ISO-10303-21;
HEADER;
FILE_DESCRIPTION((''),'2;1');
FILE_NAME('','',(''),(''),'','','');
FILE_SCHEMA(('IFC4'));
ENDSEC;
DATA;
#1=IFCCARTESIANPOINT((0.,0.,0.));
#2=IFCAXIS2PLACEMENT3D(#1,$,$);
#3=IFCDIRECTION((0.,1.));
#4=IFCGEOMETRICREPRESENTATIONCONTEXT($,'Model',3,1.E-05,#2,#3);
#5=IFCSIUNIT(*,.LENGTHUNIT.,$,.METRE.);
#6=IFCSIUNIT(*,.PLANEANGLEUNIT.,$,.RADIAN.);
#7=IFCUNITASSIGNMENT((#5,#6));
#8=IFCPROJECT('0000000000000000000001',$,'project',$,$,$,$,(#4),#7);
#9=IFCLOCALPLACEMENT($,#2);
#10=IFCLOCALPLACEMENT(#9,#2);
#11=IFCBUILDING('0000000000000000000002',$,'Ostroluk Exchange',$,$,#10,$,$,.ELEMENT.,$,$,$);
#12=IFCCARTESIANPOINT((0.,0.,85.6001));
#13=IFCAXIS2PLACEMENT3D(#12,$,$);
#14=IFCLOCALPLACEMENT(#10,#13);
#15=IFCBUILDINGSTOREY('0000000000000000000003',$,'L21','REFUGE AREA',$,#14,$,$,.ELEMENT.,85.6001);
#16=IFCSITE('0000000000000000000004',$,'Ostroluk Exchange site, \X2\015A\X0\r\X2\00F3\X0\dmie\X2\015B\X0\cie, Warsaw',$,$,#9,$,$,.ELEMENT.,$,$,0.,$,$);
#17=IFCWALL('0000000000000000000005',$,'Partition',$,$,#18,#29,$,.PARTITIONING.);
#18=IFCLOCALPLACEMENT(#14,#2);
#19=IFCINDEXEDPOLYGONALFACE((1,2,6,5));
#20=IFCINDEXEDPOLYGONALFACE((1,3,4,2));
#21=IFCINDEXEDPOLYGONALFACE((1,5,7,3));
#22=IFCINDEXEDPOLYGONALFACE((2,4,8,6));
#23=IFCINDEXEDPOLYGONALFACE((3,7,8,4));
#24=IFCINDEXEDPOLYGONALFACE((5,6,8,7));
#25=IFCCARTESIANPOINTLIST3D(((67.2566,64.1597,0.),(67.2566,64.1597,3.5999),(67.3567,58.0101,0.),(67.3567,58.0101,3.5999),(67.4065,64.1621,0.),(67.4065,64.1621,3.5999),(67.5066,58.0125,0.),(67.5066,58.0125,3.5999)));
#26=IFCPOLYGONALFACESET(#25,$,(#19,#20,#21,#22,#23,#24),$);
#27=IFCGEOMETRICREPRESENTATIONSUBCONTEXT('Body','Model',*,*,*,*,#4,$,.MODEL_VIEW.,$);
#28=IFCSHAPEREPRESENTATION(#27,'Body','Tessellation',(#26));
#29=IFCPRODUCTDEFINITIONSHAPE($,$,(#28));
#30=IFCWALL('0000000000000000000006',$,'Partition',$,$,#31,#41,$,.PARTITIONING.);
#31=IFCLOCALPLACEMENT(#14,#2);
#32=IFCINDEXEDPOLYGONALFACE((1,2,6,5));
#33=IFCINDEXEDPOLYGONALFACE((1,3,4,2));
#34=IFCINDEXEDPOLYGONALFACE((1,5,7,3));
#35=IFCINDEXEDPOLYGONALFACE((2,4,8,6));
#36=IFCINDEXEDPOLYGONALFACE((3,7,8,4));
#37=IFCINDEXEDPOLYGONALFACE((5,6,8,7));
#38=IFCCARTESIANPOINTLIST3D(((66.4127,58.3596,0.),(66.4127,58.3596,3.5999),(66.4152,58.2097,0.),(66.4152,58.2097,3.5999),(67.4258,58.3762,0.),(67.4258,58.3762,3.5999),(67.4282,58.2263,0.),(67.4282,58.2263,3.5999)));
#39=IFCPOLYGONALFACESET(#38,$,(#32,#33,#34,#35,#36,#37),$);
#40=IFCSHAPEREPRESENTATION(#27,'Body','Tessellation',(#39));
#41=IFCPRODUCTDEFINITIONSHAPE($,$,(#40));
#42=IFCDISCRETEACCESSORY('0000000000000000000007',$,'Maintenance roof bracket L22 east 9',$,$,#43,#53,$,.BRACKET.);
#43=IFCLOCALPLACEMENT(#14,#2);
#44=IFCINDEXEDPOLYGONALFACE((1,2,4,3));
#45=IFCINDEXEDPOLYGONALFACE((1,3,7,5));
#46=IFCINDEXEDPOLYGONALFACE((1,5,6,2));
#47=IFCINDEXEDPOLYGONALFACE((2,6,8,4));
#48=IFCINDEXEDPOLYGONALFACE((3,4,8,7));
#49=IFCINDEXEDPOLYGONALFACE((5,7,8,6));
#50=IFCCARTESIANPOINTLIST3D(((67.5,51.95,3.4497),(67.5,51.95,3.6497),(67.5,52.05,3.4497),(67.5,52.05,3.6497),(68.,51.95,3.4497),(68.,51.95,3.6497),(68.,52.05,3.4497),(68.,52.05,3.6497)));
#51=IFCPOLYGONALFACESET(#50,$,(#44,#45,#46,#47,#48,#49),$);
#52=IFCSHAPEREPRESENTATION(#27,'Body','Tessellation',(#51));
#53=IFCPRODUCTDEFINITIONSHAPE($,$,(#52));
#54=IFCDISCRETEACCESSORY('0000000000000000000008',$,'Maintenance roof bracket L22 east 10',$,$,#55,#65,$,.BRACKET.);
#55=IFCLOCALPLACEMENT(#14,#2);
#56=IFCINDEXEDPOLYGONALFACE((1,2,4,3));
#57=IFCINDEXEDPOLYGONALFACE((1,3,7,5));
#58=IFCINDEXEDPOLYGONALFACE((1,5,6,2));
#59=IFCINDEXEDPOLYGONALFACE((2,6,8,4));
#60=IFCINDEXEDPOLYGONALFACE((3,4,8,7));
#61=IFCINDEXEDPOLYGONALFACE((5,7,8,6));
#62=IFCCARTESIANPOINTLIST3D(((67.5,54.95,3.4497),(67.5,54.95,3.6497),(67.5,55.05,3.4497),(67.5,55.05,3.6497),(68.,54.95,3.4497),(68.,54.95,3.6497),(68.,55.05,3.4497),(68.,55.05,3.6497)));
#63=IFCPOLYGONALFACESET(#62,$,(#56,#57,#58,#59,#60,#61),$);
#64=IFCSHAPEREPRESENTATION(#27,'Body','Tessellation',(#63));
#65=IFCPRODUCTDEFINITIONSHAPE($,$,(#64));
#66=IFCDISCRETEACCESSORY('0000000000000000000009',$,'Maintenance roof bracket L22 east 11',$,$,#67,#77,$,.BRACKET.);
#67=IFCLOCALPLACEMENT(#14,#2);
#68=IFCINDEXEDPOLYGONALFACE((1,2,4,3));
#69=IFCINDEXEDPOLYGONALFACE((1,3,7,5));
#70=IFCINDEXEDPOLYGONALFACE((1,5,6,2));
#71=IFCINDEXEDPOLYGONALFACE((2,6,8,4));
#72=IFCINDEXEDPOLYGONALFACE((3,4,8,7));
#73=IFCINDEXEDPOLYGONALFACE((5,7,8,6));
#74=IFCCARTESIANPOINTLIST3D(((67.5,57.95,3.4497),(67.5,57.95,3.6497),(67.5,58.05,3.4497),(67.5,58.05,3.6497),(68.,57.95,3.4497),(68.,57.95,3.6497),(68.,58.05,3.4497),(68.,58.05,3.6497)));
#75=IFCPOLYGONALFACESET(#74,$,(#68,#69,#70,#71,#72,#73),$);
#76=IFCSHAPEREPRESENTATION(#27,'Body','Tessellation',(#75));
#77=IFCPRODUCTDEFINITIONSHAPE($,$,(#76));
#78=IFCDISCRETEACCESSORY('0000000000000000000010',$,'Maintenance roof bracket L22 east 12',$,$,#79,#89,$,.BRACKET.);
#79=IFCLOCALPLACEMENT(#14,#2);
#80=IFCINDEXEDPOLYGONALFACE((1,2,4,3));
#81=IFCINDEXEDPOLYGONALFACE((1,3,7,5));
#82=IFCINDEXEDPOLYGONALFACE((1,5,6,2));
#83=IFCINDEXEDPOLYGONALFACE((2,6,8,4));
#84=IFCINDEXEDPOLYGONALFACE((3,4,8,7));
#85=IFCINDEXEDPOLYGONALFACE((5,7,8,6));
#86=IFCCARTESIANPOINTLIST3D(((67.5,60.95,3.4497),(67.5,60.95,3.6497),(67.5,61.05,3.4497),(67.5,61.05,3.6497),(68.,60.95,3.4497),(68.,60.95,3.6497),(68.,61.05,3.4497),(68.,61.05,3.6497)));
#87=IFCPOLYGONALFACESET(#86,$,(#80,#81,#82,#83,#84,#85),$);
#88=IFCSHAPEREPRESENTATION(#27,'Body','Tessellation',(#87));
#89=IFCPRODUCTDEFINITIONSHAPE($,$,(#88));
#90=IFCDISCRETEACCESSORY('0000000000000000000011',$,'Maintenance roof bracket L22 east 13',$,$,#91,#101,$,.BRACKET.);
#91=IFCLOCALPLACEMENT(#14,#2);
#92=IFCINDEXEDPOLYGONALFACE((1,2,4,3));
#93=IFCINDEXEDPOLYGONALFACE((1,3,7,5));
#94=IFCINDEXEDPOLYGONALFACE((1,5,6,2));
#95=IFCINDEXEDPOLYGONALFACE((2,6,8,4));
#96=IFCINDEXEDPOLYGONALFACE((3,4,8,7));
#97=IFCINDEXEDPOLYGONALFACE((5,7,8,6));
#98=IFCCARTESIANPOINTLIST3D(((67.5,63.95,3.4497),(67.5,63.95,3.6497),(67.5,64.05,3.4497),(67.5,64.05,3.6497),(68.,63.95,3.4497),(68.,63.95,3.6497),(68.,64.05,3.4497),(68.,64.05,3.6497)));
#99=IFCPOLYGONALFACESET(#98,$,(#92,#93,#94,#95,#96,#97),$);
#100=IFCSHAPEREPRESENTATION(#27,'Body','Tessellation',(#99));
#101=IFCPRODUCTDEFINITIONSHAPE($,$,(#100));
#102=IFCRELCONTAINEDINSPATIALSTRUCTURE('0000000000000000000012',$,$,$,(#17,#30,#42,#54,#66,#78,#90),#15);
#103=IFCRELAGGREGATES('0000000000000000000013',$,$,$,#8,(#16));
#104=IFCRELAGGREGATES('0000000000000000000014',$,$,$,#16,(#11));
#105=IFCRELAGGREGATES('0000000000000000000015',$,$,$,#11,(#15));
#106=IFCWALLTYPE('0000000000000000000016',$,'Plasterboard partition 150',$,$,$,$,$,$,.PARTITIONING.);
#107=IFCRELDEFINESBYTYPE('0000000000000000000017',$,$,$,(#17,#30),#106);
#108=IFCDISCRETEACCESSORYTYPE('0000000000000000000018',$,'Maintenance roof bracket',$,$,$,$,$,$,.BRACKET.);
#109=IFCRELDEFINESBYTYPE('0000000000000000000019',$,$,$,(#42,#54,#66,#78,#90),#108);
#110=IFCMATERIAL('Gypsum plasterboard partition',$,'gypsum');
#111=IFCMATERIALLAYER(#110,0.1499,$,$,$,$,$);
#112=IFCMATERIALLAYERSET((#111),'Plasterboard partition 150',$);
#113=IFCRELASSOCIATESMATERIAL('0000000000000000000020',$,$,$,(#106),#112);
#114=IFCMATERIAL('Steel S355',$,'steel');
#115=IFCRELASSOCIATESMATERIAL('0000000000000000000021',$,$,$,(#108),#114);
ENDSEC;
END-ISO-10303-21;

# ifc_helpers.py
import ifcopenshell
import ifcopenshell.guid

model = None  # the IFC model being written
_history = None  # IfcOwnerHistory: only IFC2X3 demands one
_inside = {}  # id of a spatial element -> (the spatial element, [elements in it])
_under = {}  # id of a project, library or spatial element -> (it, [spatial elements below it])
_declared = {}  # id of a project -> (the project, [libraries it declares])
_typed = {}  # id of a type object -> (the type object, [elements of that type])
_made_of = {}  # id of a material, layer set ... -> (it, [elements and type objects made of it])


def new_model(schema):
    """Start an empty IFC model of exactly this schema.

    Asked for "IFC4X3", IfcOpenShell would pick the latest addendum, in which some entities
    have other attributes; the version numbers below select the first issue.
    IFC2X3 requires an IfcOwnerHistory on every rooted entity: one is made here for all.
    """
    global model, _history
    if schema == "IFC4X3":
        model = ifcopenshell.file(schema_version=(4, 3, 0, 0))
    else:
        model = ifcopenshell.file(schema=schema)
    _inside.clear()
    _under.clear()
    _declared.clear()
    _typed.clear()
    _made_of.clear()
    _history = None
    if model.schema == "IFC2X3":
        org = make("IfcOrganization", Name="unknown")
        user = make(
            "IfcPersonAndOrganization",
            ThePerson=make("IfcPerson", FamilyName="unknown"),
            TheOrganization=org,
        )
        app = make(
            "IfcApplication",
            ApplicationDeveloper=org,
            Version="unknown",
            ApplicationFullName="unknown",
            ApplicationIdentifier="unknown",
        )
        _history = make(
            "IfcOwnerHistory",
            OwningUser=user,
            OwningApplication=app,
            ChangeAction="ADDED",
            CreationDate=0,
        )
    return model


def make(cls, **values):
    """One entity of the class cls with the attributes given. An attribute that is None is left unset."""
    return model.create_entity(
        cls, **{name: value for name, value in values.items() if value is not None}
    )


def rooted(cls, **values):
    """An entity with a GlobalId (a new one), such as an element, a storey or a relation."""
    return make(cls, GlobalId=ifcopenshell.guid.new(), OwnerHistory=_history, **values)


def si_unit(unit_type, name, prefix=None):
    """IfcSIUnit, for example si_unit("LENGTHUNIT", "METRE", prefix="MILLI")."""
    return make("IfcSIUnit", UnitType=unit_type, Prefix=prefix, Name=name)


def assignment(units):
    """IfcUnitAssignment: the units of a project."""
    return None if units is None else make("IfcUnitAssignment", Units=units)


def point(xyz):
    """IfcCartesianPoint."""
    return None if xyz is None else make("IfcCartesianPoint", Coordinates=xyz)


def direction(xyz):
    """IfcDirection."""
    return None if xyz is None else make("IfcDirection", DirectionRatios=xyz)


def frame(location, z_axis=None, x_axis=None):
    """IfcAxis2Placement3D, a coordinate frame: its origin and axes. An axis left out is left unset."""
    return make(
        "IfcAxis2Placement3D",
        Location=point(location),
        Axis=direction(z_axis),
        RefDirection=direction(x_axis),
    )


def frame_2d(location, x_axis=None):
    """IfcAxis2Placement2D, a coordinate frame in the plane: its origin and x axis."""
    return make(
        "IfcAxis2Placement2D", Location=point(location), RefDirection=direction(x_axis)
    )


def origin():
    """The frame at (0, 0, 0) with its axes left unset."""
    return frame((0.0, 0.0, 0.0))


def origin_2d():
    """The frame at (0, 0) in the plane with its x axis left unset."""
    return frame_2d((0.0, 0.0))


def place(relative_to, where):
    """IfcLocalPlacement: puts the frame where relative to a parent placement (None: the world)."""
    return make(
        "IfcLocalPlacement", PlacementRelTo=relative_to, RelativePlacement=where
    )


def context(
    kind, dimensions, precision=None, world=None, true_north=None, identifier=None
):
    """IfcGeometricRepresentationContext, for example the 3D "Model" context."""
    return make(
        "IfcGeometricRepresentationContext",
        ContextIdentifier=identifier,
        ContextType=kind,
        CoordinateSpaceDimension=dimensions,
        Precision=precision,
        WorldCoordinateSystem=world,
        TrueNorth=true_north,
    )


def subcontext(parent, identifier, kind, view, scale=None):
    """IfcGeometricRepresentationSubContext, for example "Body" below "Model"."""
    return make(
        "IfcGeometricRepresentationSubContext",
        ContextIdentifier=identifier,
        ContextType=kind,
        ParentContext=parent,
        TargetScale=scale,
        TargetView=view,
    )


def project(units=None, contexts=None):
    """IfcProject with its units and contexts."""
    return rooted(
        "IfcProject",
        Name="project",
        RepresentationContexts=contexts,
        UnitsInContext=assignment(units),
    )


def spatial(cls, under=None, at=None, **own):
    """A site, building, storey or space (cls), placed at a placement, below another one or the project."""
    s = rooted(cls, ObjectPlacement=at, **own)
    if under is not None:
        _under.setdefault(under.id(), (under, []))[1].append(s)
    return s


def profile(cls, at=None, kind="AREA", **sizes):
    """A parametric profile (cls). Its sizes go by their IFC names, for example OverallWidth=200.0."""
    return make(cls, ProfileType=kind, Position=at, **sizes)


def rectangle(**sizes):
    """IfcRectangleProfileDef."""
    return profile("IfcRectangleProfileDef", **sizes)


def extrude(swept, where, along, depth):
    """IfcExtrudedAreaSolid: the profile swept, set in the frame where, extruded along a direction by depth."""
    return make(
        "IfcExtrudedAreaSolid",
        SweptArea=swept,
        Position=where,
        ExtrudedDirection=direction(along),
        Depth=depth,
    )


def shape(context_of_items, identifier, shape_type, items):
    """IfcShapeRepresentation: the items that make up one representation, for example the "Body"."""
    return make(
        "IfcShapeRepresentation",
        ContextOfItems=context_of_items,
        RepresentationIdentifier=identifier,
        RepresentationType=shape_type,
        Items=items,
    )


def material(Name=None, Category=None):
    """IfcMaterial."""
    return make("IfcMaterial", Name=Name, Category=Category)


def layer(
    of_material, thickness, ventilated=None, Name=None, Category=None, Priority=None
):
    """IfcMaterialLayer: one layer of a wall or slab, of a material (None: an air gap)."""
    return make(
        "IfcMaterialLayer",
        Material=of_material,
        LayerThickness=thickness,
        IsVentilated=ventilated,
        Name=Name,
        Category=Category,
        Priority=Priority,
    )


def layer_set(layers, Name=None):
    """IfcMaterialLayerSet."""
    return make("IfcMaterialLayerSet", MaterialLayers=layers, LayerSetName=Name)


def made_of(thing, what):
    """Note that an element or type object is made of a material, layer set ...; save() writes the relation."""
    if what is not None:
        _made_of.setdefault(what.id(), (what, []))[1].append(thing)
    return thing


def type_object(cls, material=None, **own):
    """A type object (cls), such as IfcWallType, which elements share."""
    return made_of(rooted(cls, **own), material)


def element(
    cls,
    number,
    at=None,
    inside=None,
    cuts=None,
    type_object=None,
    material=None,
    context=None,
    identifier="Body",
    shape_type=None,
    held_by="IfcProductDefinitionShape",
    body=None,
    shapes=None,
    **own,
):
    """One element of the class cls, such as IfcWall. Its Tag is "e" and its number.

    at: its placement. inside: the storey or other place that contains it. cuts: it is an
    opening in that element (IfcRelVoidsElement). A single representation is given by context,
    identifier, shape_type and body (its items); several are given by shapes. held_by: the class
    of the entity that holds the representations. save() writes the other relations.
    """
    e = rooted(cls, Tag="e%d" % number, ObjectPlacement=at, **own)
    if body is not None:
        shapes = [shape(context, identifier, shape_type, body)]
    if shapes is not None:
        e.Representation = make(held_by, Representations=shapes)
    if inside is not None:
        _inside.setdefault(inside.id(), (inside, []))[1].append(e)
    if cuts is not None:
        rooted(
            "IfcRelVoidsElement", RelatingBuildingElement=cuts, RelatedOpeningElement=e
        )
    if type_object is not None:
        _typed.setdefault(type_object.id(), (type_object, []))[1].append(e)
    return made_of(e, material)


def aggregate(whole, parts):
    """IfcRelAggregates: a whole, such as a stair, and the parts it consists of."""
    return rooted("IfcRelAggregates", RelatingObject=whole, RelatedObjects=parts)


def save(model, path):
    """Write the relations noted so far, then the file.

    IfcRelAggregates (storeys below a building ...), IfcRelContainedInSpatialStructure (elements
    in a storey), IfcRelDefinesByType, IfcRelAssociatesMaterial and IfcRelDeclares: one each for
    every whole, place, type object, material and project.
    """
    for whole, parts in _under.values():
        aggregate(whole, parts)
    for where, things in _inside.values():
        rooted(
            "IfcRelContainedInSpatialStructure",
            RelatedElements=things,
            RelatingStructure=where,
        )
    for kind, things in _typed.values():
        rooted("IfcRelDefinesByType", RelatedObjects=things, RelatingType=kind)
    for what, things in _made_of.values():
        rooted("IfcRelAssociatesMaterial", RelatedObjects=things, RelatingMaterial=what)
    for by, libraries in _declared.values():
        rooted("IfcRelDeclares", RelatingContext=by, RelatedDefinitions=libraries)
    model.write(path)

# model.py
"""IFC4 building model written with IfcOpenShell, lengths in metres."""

from ifc_helpers import new_model, si_unit, direction, frame, frame_2d, origin, origin_2d, place, context, subcontext, project, spatial, rectangle, extrude, material, layer, layer_set, type_object, element, save


model = new_model("IFC4")

# Units and contexts
model_context = context("Model", 3, precision=1e-05, world=origin(), true_north=direction((0.0, 1.0)))
body_context = subcontext(model_context, "Body", "Model", "MODEL_VIEW")
ifc_project = project(units=[si_unit("LENGTHUNIT", "METRE"), si_unit("PLANEANGLEUNIT", "RADIAN")], contexts=[model_context])

# Site, building, storey
site_placement = place(None, origin())
site = spatial("IfcSite", under=ifc_project, at=site_placement, Name="Ostroluk Exchange site, Śródmieście, Warsaw", CompositionType="ELEMENT", RefElevation=0.0)
building_placement = place(site_placement, origin())
building = spatial("IfcBuilding", under=site, at=building_placement, Name="Ostroluk Exchange", CompositionType="ELEMENT")
storey_placement = place(building_placement, frame((0.0, 0.0, 85.6001)))
storey = spatial("IfcBuildingStorey", under=building, at=storey_placement, Name="L21", Description="REFUGE AREA", CompositionType="ELEMENT", Elevation=85.6001)

# Walls
ifc_material_1 = material(Name="Gypsum plasterboard partition", Category="gypsum")
ifc_layer_1 = layer(ifc_material_1, 0.1499)
ifc_layer_set_1 = layer_set([ifc_layer_1], Name="Plasterboard partition 150")
wall_type = type_object("IfcWallType", Name="Plasterboard partition 150", PredefinedType="PARTITIONING", material=ifc_layer_set_1)
wall_1_placement = place(storey_placement, frame((67.3315, 64.1609, 0.0), z_axis=(0.0, 0.0, 1.0), x_axis=(0.016275, -0.999868, 0.0)))
element("IfcWall", 1, at=wall_1_placement, inside=storey, type_object=wall_type, Name="Partition", PredefinedType="PARTITIONING", context=body_context, shape_type="SweptSolid", body=[
    extrude(rectangle(XDim=6.1504, YDim=0.1499, at=frame_2d((3.0752, 0.0))), origin(), (0.0, 0.0, 1.0), 3.5999),
])
wall_2_placement = place(storey_placement, frame((67.427, 58.3013, 0.0), z_axis=(0.0, 0.0, 1.0), x_axis=(-0.999866, -0.016387, 0.0)))
element("IfcWall", 2, at=wall_2_placement, inside=storey, type_object=wall_type, Name="Partition", PredefinedType="PARTITIONING", context=body_context, shape_type="SweptSolid", body=[
    extrude(rectangle(XDim=1.0132, YDim=0.1499, at=frame_2d((0.5066, 0.0))), origin(), (0.0, 0.0, 1.0), 3.5999),
])

# Discrete accessories
ifc_material_2 = material(Name="Steel S355", Category="steel")
discrete_accessory_type = type_object("IfcDiscreteAccessoryType", Name="Maintenance roof bracket", PredefinedType="BRACKET", material=ifc_material_2)
for number, where, z_axis, x_axis, name in (
    (3, (67.75, 52.0, 3.4497), (0.0, 0.0, 1.0), (1.0, 0.0, 0.0), "Maintenance roof bracket L22 east 9"),
    (4, (67.75, 55.0, 3.4497), (0.0, 0.0, 1.0), (1.0, 0.0, 0.0), "Maintenance roof bracket L22 east 10"),
    (5, (67.75, 58.0, 3.4497), (0.0, 0.0, 1.0), (1.0, 0.0, 0.0), "Maintenance roof bracket L22 east 11"),
    (6, (67.75, 61.0, 3.4497), (0.0, 0.0, 1.0), (1.0, 0.0, 0.0), "Maintenance roof bracket L22 east 12"),
    (7, (67.75, 64.0, 3.4497), (0.0, 0.0, 1.0), (1.0, 0.0, 0.0), "Maintenance roof bracket L22 east 13"),
):
    element("IfcDiscreteAccessory", number, at=place(storey_placement, frame(where, z_axis=z_axis, x_axis=x_axis)), inside=storey, type_object=discrete_accessory_type, Name=name, PredefinedType="BRACKET", context=body_context, shape_type="SweptSolid", body=[
        extrude(rectangle(XDim=0.5, YDim=0.1001, at=origin_2d()), origin(), (0.0, 0.0, 1.0), 0.2),
    ])

save(model, "model.ifc")
